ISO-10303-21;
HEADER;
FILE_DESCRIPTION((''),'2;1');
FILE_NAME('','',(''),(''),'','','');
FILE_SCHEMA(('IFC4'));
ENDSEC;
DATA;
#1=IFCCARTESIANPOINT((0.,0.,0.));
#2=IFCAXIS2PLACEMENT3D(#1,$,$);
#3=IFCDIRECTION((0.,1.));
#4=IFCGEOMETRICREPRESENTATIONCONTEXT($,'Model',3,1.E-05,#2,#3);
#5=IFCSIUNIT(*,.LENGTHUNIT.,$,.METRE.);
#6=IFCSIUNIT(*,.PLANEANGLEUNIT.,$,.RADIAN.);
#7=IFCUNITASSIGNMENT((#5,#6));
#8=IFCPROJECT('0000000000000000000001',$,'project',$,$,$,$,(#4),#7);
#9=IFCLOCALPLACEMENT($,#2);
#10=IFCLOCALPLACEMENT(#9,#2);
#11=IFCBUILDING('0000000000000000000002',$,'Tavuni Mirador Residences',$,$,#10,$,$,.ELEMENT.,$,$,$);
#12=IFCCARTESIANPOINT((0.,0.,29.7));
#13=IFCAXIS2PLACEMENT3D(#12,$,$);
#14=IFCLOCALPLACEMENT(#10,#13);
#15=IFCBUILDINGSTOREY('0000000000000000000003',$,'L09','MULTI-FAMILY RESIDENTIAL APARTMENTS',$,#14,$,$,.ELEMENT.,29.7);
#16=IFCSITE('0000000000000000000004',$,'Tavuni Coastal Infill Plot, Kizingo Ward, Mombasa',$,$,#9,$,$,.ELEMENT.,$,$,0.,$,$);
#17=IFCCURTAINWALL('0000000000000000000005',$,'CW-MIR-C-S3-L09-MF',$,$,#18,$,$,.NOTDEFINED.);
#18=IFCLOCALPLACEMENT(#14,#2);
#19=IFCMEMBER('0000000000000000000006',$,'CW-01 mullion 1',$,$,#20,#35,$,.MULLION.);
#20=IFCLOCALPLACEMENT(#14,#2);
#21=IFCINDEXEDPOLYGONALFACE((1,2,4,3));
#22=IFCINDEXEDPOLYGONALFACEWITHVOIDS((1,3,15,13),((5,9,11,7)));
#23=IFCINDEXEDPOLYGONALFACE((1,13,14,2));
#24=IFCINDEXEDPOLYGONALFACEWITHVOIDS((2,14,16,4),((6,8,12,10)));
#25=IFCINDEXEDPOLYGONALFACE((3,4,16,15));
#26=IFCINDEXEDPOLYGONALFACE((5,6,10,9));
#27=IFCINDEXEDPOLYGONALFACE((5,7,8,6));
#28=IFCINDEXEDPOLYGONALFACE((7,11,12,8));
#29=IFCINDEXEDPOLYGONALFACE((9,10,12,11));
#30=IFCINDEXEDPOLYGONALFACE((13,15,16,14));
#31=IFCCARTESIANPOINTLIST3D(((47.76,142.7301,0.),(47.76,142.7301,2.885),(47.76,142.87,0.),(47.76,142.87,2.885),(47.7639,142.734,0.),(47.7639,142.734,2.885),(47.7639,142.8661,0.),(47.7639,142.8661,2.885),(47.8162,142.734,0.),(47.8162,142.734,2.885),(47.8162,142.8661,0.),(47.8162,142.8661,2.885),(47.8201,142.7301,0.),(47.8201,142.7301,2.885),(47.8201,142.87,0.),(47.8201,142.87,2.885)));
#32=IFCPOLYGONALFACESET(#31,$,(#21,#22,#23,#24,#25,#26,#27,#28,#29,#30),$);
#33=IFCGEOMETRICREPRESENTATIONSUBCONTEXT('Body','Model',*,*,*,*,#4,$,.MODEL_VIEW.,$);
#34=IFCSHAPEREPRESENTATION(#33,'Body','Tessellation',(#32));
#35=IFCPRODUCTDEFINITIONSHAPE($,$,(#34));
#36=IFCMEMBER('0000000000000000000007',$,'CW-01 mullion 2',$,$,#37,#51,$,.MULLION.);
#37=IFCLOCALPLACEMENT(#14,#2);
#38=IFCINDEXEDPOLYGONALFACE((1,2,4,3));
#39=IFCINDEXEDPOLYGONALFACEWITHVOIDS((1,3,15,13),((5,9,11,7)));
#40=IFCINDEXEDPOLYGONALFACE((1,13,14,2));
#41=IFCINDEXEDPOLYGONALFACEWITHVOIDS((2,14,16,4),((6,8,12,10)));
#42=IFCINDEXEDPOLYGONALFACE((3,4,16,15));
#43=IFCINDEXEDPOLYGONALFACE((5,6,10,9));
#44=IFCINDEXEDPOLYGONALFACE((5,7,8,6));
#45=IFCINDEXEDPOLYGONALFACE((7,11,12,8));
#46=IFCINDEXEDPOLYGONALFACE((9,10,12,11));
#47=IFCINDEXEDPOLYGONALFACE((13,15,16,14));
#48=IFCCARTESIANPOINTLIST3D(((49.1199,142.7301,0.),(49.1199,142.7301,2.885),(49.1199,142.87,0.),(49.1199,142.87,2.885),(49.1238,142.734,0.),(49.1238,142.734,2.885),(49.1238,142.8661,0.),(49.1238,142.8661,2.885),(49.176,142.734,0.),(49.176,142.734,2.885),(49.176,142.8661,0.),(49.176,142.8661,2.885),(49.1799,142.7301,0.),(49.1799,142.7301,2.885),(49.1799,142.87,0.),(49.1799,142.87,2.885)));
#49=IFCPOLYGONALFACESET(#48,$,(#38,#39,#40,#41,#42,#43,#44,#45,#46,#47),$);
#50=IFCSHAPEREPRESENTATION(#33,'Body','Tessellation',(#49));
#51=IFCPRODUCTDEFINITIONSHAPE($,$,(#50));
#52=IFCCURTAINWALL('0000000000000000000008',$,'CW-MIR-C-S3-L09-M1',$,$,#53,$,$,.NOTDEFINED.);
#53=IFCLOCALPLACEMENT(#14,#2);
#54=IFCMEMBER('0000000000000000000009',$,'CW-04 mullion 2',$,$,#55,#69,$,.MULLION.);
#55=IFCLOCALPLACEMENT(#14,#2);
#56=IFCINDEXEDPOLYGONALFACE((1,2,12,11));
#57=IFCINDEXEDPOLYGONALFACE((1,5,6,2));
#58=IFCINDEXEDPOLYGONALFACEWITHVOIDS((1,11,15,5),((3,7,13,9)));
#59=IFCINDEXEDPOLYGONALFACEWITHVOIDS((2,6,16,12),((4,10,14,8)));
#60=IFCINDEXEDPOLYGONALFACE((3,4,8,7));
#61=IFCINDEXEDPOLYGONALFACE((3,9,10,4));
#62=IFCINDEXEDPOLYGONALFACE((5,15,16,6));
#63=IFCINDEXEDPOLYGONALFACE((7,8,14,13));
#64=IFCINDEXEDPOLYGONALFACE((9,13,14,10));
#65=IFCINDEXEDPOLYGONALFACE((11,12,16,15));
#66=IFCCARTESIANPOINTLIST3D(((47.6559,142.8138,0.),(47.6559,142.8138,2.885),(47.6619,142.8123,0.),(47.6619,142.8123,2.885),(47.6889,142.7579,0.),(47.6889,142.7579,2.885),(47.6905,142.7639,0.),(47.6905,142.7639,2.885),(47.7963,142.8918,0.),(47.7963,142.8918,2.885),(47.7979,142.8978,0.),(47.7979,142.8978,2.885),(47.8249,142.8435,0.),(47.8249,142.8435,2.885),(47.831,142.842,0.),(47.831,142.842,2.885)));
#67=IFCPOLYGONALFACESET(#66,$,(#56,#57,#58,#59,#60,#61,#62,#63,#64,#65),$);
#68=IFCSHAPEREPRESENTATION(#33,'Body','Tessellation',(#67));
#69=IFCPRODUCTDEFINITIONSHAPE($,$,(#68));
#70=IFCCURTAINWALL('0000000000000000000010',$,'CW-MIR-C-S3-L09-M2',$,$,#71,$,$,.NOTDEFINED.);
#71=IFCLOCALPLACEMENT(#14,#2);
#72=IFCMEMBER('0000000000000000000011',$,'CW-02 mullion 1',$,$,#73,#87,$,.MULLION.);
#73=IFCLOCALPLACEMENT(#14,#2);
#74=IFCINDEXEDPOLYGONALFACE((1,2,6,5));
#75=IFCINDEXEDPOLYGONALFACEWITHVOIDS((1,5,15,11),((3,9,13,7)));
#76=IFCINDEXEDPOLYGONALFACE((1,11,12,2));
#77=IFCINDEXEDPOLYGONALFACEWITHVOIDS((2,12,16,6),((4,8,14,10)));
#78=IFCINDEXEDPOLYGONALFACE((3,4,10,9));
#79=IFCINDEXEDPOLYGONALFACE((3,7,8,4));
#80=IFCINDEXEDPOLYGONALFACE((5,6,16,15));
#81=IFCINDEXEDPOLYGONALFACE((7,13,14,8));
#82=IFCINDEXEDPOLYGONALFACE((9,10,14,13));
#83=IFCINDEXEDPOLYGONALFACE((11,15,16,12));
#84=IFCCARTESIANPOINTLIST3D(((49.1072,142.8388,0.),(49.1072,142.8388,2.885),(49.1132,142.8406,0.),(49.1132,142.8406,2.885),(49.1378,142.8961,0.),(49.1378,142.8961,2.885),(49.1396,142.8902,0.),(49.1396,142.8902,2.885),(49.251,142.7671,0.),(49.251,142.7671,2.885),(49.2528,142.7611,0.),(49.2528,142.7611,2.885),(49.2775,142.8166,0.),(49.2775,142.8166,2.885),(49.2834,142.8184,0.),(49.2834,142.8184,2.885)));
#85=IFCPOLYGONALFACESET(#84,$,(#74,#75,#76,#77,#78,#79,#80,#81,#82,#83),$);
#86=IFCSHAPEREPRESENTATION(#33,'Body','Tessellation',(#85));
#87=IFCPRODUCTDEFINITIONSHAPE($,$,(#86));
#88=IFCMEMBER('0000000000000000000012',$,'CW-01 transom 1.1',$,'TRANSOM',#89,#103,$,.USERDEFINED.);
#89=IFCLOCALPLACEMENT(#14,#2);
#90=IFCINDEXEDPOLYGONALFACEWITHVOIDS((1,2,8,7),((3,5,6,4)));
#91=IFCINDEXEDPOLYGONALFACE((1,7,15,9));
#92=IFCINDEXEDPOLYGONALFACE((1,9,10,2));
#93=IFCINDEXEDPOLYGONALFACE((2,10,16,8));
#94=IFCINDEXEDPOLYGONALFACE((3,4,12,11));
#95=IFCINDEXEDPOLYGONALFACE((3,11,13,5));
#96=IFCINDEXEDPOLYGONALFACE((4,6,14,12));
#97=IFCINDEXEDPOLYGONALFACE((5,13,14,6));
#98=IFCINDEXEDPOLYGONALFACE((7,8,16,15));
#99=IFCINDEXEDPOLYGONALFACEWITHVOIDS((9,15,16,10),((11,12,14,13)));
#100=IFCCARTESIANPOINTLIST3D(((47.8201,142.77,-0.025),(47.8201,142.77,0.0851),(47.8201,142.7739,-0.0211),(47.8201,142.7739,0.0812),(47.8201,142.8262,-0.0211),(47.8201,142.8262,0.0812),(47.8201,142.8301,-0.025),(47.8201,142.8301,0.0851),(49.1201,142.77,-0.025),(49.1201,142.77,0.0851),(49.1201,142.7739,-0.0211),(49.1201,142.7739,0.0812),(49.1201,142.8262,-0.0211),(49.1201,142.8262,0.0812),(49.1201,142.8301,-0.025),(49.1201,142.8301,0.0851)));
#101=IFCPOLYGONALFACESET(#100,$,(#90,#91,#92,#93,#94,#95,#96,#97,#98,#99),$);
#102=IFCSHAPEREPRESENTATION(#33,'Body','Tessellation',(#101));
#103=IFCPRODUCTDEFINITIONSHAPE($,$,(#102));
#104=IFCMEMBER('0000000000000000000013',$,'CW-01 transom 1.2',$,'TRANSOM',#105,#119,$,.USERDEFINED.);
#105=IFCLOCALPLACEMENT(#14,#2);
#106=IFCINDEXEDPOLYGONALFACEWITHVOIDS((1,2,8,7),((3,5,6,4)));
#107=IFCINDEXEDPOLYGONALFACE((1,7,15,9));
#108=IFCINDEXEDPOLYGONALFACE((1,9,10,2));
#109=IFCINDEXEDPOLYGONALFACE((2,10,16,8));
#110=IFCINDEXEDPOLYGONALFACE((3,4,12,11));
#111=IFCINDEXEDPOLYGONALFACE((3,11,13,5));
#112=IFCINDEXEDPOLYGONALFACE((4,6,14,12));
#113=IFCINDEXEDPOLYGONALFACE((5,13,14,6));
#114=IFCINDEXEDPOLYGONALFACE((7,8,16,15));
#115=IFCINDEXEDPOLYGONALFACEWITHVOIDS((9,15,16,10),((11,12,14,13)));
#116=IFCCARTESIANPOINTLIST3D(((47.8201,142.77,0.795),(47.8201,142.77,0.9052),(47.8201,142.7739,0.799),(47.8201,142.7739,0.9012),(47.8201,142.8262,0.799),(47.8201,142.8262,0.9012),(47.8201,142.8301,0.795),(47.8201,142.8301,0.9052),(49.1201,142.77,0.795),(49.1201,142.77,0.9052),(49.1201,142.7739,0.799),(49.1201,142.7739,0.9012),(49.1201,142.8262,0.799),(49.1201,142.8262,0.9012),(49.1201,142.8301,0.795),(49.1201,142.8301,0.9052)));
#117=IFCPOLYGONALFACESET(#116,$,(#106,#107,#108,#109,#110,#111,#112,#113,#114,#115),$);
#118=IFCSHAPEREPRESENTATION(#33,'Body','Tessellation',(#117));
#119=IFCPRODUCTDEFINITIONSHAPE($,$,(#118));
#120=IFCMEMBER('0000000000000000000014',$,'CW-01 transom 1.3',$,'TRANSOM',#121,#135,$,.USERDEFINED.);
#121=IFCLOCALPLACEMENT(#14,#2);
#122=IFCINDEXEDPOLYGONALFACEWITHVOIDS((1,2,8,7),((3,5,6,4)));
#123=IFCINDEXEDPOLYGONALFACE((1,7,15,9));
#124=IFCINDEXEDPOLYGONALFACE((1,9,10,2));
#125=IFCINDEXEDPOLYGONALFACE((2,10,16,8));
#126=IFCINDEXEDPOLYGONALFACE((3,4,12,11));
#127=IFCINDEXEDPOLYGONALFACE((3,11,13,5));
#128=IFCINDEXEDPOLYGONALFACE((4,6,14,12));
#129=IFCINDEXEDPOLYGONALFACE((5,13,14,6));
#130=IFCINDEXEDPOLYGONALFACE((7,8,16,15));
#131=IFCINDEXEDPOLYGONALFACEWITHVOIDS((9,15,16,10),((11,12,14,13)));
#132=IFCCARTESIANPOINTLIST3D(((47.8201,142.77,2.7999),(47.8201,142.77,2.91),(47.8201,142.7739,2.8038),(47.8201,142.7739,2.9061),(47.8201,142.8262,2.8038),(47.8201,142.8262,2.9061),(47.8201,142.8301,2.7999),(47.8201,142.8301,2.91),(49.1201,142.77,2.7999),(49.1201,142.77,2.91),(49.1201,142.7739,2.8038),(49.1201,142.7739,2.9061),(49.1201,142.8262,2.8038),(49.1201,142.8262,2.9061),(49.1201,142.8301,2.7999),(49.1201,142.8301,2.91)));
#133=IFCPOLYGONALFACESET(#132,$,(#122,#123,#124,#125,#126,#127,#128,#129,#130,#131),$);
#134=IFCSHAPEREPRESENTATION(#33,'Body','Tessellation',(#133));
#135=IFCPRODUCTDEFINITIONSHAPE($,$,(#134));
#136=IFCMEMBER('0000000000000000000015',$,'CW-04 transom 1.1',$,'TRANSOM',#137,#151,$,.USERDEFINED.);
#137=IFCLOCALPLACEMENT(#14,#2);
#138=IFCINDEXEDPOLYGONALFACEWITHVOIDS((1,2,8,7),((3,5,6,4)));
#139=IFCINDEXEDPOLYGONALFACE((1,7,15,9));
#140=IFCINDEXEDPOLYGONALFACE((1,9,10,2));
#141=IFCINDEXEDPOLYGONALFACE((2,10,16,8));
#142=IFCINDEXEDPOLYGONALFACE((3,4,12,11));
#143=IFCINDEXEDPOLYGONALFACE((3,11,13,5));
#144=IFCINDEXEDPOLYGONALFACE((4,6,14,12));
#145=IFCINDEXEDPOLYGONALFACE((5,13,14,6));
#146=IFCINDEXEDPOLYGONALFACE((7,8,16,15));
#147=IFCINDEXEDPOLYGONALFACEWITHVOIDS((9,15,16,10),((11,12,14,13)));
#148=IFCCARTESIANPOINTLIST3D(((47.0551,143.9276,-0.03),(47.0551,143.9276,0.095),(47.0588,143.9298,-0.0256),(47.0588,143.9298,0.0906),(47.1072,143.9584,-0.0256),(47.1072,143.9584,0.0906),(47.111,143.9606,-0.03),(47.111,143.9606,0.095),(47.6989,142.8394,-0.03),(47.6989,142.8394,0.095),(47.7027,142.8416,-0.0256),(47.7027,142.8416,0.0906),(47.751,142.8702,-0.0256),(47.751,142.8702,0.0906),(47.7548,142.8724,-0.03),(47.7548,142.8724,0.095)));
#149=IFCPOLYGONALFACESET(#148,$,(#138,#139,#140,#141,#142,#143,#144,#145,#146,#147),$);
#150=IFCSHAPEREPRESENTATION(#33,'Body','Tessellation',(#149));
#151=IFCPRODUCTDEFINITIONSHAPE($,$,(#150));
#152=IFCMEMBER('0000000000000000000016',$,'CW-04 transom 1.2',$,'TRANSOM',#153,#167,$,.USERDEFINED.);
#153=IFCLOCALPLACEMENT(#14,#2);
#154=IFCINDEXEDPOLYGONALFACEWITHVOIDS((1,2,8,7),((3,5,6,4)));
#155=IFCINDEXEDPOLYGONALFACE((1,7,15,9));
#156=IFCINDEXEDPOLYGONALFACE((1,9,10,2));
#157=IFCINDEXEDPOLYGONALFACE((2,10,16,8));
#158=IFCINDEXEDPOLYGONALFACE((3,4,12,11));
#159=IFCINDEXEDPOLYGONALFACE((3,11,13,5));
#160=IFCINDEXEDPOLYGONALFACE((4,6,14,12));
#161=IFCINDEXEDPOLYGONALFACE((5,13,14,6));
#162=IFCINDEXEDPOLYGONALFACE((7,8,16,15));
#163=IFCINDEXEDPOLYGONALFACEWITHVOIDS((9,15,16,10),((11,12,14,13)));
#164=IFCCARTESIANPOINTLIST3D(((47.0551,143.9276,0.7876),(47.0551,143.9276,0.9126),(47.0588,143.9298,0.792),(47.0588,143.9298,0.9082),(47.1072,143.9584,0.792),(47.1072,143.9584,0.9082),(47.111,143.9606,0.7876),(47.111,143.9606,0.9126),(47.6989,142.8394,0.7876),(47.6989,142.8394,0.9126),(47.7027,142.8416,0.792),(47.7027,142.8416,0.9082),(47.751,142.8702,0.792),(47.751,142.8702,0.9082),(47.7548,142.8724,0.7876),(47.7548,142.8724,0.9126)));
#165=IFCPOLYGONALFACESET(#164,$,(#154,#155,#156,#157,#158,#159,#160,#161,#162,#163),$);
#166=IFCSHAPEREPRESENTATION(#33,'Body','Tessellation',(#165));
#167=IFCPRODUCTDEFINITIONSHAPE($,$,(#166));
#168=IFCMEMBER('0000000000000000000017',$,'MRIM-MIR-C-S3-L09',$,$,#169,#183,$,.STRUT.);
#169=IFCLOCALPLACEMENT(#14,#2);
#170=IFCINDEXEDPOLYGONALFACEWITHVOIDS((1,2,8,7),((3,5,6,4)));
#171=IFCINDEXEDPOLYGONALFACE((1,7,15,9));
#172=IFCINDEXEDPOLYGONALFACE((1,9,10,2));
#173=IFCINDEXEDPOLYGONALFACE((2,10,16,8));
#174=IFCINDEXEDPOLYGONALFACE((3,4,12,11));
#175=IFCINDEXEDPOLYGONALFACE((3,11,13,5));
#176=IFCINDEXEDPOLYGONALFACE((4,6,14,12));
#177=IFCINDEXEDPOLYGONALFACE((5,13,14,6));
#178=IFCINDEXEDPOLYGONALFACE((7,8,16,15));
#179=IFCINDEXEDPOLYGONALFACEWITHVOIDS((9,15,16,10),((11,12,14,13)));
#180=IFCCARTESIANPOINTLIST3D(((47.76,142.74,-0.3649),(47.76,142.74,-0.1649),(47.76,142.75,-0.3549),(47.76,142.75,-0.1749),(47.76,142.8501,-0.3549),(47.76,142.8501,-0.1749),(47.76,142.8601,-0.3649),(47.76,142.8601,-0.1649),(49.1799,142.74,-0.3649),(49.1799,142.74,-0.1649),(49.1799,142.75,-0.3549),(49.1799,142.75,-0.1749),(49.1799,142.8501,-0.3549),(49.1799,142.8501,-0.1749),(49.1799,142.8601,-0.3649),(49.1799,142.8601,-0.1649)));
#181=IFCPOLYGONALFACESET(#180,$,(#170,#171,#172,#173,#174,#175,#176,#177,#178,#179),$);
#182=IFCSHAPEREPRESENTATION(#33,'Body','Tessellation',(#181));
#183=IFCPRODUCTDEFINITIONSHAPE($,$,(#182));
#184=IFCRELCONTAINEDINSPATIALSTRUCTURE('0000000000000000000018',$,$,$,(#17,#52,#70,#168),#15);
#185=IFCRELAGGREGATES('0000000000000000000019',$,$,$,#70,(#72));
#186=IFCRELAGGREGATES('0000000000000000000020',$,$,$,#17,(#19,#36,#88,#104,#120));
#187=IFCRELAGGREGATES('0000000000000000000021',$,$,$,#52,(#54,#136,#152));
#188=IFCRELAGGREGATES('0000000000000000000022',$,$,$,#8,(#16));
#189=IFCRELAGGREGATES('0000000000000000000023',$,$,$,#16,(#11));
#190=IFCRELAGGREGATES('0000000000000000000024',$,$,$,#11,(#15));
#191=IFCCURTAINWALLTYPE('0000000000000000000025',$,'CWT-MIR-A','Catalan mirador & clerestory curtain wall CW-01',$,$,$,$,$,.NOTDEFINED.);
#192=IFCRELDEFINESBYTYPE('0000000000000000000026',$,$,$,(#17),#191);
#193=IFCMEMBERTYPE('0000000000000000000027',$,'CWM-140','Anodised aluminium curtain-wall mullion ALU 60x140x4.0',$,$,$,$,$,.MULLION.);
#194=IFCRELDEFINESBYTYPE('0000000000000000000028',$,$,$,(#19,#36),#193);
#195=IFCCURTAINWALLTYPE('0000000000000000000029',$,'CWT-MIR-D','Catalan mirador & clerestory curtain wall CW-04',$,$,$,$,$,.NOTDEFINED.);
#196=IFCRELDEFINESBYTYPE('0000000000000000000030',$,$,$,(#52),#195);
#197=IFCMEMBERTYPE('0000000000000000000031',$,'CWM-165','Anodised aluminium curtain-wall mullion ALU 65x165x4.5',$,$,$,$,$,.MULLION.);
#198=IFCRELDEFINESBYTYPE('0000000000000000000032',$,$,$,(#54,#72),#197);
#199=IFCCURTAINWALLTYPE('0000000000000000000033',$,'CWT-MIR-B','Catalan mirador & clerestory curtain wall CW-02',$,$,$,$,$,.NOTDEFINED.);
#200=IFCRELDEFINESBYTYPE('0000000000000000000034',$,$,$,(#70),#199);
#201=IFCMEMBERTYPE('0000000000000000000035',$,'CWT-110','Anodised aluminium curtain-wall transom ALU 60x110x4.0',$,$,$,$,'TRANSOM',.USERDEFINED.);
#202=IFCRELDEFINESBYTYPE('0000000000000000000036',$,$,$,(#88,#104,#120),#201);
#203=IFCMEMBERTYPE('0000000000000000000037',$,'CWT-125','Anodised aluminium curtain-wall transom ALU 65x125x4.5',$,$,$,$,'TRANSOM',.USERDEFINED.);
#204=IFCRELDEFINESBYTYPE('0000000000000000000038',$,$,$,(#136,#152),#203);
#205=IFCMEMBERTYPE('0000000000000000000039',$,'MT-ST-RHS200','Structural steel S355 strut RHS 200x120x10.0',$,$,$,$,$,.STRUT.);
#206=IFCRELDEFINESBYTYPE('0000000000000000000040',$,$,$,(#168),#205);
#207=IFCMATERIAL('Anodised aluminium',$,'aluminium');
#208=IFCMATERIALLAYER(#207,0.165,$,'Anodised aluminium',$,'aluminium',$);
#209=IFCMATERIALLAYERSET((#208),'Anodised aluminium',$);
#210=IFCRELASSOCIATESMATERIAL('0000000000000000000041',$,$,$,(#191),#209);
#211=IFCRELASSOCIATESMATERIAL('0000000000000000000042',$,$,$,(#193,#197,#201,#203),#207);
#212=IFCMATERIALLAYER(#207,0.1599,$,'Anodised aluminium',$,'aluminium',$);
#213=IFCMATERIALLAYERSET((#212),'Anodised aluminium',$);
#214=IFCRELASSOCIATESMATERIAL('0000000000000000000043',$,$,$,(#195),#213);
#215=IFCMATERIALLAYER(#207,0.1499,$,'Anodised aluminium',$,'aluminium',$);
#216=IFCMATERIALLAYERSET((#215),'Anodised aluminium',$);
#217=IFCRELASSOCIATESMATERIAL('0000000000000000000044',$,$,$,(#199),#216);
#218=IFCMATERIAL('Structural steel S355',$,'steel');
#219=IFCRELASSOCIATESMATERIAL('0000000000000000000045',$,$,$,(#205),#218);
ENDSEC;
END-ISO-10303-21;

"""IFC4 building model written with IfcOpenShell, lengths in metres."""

from ifc_helpers import new_model, si_unit, direction, frame, origin, origin_2d, place, context, subcontext, project, spatial, hollow_rectangle, extrude, material, layer, layer_set, material_profile, profile_set, type_object, element, aggregate, save


model = new_model("IFC4")

# Units and contexts
model_context = context("Model", 3, precision=1e-05, world=origin(), true_north=direction((0.0, 1.0)))
body_context = subcontext(model_context, "Body", "Model", "MODEL_VIEW")
ifc_project = project(units=[si_unit("LENGTHUNIT", "METRE"), si_unit("PLANEANGLEUNIT", "RADIAN")], contexts=[model_context])

# Site, building, storey
site_placement = place(None, origin())
site = spatial("IfcSite", under=ifc_project, at=site_placement, Name="Tavuni Coastal Infill Plot, Kizingo Ward, Mombasa", CompositionType="ELEMENT", RefElevation=0.0)
building_placement = place(site_placement, origin())
building = spatial("IfcBuilding", under=site, at=building_placement, Name="Tavuni Mirador Residences", CompositionType="ELEMENT")
storey_placement = place(building_placement, frame((0.0, 0.0, 29.7)))
storey = spatial("IfcBuildingStorey", under=building, at=storey_placement, Name="L09", Description="MULTI-FAMILY RESIDENTIAL APARTMENTS", CompositionType="ELEMENT", Elevation=29.7)

# Curtain wall, members
ifc_material_1 = material(Name="Anodised aluminium", Category="aluminium")
ifc_layer_1 = layer(ifc_material_1, 0.165, Name="Anodised aluminium", Category="aluminium")
ifc_layer_set_1 = layer_set([ifc_layer_1], Name="Anodised aluminium")
curtain_wall_type_1 = type_object("IfcCurtainWallType", Name="CWT-MIR-A", Description="Catalan mirador & clerestory curtain wall CW-01", PredefinedType="NOTDEFINED", material=ifc_layer_set_1)
curtain_wall_1_placement = place(storey_placement, origin())
curtain_wall_1 = element("IfcCurtainWall", 1, at=curtain_wall_1_placement, inside=storey, type_object=curtain_wall_type_1, Name="CW-MIR-C-S3-L09-MF", PredefinedType="NOTDEFINED")
ifc_material_profile_1 = material_profile(ifc_material_1, hollow_rectangle(XDim=0.0601, YDim=0.1399, WallThickness=0.0039, at=origin_2d()), Name="ALU 60x140x4.0", Category="aluminium")
ifc_profile_set_1 = profile_set([ifc_material_profile_1], Name="Anodised aluminium")
member_type_1 = type_object("IfcMemberType", Name="CWM-140", Description="Anodised aluminium curtain-wall mullion ALU 60x140x4.0", PredefinedType="MULLION", material=ifc_profile_set_1)
member_1_placement = place(storey_placement, frame((47.79, 142.8, 0.0), z_axis=(0.0, 0.0, 1.0), x_axis=(1.0, 0.0, 0.0)))
member_1 = element("IfcMember", 2, at=member_1_placement, type_object=member_type_1, Name="CW-01 mullion 1", PredefinedType="MULLION", context=body_context, shape_type="SweptSolid", body=[
    extrude(hollow_rectangle(XDim=0.0601, YDim=0.1399, WallThickness=0.0039, at=origin_2d()), origin(), (0.0, 0.0, 1.0), 2.885),
])
member_2_placement = place(storey_placement, frame((49.1499, 142.8, 0.0), z_axis=(0.0, 0.0, 1.0), x_axis=(1.0, 0.0, 0.0)))
member_2 = element("IfcMember", 3, at=member_2_placement, type_object=member_type_1, Name="CW-01 mullion 2", PredefinedType="MULLION", context=body_context, shape_type="SweptSolid", body=[
    extrude(hollow_rectangle(XDim=0.0601, YDim=0.1399, WallThickness=0.0039, at=origin_2d()), origin(), (0.0, 0.0, 1.0), 2.885),
])

# Curtain walls, members
ifc_layer_2 = layer(ifc_material_1, 0.1599, Name="Anodised aluminium", Category="aluminium")
ifc_layer_set_2 = layer_set([ifc_layer_2], Name="Anodised aluminium")
curtain_wall_type_2 = type_object("IfcCurtainWallType", Name="CWT-MIR-D", Description="Catalan mirador & clerestory curtain wall CW-04", PredefinedType="NOTDEFINED", material=ifc_layer_set_2)
curtain_wall_2_placement = place(storey_placement, origin())
curtain_wall_2 = element("IfcCurtainWall", 4, at=curtain_wall_2_placement, inside=storey, type_object=curtain_wall_type_2, Name="CW-MIR-C-S3-L09-M1", PredefinedType="NOTDEFINED")
ifc_material_profile_2 = material_profile(ifc_material_1, hollow_rectangle(XDim=0.0649, YDim=0.165, WallThickness=0.0044, at=origin_2d()), Name="ALU 65x165x4.5", Category="aluminium")
ifc_profile_set_2 = profile_set([ifc_material_profile_2], Name="Anodised aluminium")
member_type_2 = type_object("IfcMemberType", Name="CWM-165", Description="Anodised aluminium curtain-wall mullion ALU 65x165x4.5", PredefinedType="MULLION", material=ifc_profile_set_2)
member_3_placement = place(storey_placement, frame((47.7434, 142.8279, 0.0), z_axis=(0.0, 0.0, 1.0), x_axis=(0.509212, -0.860641, 0.0)))
member_3 = element("IfcMember", 5, at=member_3_placement, type_object=member_type_2, Name="CW-04 mullion 2", PredefinedType="MULLION", context=body_context, shape_type="SweptSolid", body=[
    extrude(hollow_rectangle(XDim=0.0649, YDim=0.165, WallThickness=0.0044, at=origin_2d()), origin(), (0.0, 0.0, 1.0), 2.885),
])
ifc_layer_3 = layer(ifc_material_1, 0.1499, Name="Anodised aluminium", Category="aluminium")
ifc_layer_set_3 = layer_set([ifc_layer_3], Name="Anodised aluminium")
curtain_wall_type_3 = type_object("IfcCurtainWallType", Name="CWT-MIR-B", Description="Catalan mirador & clerestory curtain wall CW-02", PredefinedType="NOTDEFINED", material=ifc_layer_set_3)
curtain_wall_3_placement = place(storey_placement, origin())
curtain_wall_3 = element("IfcCurtainWall", 6, at=curtain_wall_3_placement, inside=storey, type_object=curtain_wall_type_3, Name="CW-MIR-C-S3-L09-M2", PredefinedType="NOTDEFINED")
member_4_placement = place(storey_placement, frame((49.1953, 142.8286, 0.0), z_axis=(0.0, 0.0, 1.0), x_axis=(0.470588, 0.882353, 0.0)))
member_4 = element("IfcMember", 7, at=member_4_placement, type_object=member_type_2, Name="CW-02 mullion 1", PredefinedType="MULLION", context=body_context, shape_type="SweptSolid", body=[
    extrude(hollow_rectangle(XDim=0.0649, YDim=0.165, WallThickness=0.0044, at=origin_2d()), origin(), (0.0, 0.0, 1.0), 2.885),
])
aggregate(curtain_wall_3, [member_4])

# Members
ifc_material_profile_3 = material_profile(ifc_material_1, hollow_rectangle(XDim=0.0601, YDim=0.1101, WallThickness=0.0039, at=origin_2d()), Name="ALU 60x110x4.0", Category="aluminium")
ifc_profile_set_3 = profile_set([ifc_material_profile_3], Name="Anodised aluminium")
member_type_3 = type_object("IfcMemberType", Name="CWT-110", Description="Anodised aluminium curtain-wall transom ALU 60x110x4.0", ElementType="TRANSOM", PredefinedType="USERDEFINED", material=ifc_profile_set_3)
member_5_placement = place(storey_placement, frame((47.8201, 142.8, 0.03), z_axis=(1.0, 0.0, 0.0), x_axis=(0.0, 1.0, 0.0)))
member_5 = element("IfcMember", 8, at=member_5_placement, type_object=member_type_3, Name="CW-01 transom 1.1", ObjectType="TRANSOM", PredefinedType="USERDEFINED", context=body_context, shape_type="SweptSolid", body=[
    extrude(hollow_rectangle(XDim=0.0601, YDim=0.1101, WallThickness=0.0039, at=origin_2d()), origin(), (0.0, 0.0, 1.0), 1.3),
])
member_6_placement = place(storey_placement, frame((47.8201, 142.8, 0.8501), z_axis=(1.0, 0.0, 0.0), x_axis=(0.0, 1.0, 0.0)))
member_6 = element("IfcMember", 9, at=member_6_placement, type_object=member_type_3, Name="CW-01 transom 1.2", ObjectType="TRANSOM", PredefinedType="USERDEFINED", context=body_context, shape_type="SweptSolid", body=[
    extrude(hollow_rectangle(XDim=0.0601, YDim=0.1101, WallThickness=0.0039, at=origin_2d()), origin(), (0.0, 0.0, 1.0), 1.3),
])
member_7_placement = place(storey_placement, frame((47.8201, 142.8, 2.855), z_axis=(1.0, 0.0, 0.0), x_axis=(0.0, 1.0, 0.0)))
member_7 = element("IfcMember", 10, at=member_7_placement, type_object=member_type_3, Name="CW-01 transom 1.3", ObjectType="TRANSOM", PredefinedType="USERDEFINED", context=body_context, shape_type="SweptSolid", body=[
    extrude(hollow_rectangle(XDim=0.0601, YDim=0.1101, WallThickness=0.0039, at=origin_2d()), origin(), (0.0, 0.0, 1.0), 1.3),
])
ifc_material_profile_4 = material_profile(ifc_material_1, hollow_rectangle(XDim=0.0649, YDim=0.125, WallThickness=0.0044, at=origin_2d()), Name="ALU 65x125x4.5", Category="aluminium")
ifc_profile_set_4 = profile_set([ifc_material_profile_4], Name="Anodised aluminium")
member_type_4 = type_object("IfcMemberType", Name="CWT-125", Description="Anodised aluminium curtain-wall transom ALU 65x125x4.5", ElementType="TRANSOM", PredefinedType="USERDEFINED", material=ifc_profile_set_4)
member_8_placement = place(storey_placement, frame((47.083, 143.9441, 0.0325), z_axis=(0.509204, -0.860646, 0.0), x_axis=(0.860646, 0.509204, 0.0)))
member_8 = element("IfcMember", 11, at=member_8_placement, type_object=member_type_4, Name="CW-04 transom 1.1", ObjectType="TRANSOM", PredefinedType="USERDEFINED", context=body_context, shape_type="SweptSolid", body=[
    extrude(hollow_rectangle(XDim=0.0649, YDim=0.125, WallThickness=0.0044, at=origin_2d()), origin(), (0.0, 0.0, 1.0), 1.2644),
])
member_9_placement = place(storey_placement, frame((47.083, 143.9441, 0.8501), z_axis=(0.509204, -0.860646, 0.0), x_axis=(0.860646, 0.509204, 0.0)))
member_9 = element("IfcMember", 12, at=member_9_placement, type_object=member_type_4, Name="CW-04 transom 1.2", ObjectType="TRANSOM", PredefinedType="USERDEFINED", context=body_context, shape_type="SweptSolid", body=[
    extrude(hollow_rectangle(XDim=0.0649, YDim=0.125, WallThickness=0.0044, at=origin_2d()), origin(), (0.0, 0.0, 1.0), 1.2644),
])
ifc_material_2 = material(Name="Structural steel S355", Category="steel")
ifc_material_profile_5 = material_profile(ifc_material_2, hollow_rectangle(XDim=0.1201, YDim=0.2, WallThickness=0.01, at=origin_2d()), Name="RHS 200x120x10.0", Category="steel")
ifc_profile_set_5 = profile_set([ifc_material_profile_5], Name="Structural steel S355")
member_type_5 = type_object("IfcMemberType", Name="MT-ST-RHS200", Description="Structural steel S355 strut RHS 200x120x10.0", PredefinedType="STRUT", material=ifc_profile_set_5)
member_10_placement = place(storey_placement, frame((47.76, 142.8, -0.2649), z_axis=(1.0, 0.0, 0.0), x_axis=(0.0, 1.0, 0.0)))
element("IfcMember", 13, at=member_10_placement, inside=storey, type_object=member_type_5, Name="MRIM-MIR-C-S3-L09", PredefinedType="STRUT", context=body_context, shape_type="SweptSolid", body=[
    extrude(hollow_rectangle(XDim=0.1201, YDim=0.2, WallThickness=0.01, at=origin_2d()), origin(), (0.0, 0.0, 1.0), 1.4199),
])

aggregate(curtain_wall_1, [member_1, member_2, member_5, member_6, member_7])
aggregate(curtain_wall_2, [member_3, member_8, member_9])

save(model, "model.ifc")
